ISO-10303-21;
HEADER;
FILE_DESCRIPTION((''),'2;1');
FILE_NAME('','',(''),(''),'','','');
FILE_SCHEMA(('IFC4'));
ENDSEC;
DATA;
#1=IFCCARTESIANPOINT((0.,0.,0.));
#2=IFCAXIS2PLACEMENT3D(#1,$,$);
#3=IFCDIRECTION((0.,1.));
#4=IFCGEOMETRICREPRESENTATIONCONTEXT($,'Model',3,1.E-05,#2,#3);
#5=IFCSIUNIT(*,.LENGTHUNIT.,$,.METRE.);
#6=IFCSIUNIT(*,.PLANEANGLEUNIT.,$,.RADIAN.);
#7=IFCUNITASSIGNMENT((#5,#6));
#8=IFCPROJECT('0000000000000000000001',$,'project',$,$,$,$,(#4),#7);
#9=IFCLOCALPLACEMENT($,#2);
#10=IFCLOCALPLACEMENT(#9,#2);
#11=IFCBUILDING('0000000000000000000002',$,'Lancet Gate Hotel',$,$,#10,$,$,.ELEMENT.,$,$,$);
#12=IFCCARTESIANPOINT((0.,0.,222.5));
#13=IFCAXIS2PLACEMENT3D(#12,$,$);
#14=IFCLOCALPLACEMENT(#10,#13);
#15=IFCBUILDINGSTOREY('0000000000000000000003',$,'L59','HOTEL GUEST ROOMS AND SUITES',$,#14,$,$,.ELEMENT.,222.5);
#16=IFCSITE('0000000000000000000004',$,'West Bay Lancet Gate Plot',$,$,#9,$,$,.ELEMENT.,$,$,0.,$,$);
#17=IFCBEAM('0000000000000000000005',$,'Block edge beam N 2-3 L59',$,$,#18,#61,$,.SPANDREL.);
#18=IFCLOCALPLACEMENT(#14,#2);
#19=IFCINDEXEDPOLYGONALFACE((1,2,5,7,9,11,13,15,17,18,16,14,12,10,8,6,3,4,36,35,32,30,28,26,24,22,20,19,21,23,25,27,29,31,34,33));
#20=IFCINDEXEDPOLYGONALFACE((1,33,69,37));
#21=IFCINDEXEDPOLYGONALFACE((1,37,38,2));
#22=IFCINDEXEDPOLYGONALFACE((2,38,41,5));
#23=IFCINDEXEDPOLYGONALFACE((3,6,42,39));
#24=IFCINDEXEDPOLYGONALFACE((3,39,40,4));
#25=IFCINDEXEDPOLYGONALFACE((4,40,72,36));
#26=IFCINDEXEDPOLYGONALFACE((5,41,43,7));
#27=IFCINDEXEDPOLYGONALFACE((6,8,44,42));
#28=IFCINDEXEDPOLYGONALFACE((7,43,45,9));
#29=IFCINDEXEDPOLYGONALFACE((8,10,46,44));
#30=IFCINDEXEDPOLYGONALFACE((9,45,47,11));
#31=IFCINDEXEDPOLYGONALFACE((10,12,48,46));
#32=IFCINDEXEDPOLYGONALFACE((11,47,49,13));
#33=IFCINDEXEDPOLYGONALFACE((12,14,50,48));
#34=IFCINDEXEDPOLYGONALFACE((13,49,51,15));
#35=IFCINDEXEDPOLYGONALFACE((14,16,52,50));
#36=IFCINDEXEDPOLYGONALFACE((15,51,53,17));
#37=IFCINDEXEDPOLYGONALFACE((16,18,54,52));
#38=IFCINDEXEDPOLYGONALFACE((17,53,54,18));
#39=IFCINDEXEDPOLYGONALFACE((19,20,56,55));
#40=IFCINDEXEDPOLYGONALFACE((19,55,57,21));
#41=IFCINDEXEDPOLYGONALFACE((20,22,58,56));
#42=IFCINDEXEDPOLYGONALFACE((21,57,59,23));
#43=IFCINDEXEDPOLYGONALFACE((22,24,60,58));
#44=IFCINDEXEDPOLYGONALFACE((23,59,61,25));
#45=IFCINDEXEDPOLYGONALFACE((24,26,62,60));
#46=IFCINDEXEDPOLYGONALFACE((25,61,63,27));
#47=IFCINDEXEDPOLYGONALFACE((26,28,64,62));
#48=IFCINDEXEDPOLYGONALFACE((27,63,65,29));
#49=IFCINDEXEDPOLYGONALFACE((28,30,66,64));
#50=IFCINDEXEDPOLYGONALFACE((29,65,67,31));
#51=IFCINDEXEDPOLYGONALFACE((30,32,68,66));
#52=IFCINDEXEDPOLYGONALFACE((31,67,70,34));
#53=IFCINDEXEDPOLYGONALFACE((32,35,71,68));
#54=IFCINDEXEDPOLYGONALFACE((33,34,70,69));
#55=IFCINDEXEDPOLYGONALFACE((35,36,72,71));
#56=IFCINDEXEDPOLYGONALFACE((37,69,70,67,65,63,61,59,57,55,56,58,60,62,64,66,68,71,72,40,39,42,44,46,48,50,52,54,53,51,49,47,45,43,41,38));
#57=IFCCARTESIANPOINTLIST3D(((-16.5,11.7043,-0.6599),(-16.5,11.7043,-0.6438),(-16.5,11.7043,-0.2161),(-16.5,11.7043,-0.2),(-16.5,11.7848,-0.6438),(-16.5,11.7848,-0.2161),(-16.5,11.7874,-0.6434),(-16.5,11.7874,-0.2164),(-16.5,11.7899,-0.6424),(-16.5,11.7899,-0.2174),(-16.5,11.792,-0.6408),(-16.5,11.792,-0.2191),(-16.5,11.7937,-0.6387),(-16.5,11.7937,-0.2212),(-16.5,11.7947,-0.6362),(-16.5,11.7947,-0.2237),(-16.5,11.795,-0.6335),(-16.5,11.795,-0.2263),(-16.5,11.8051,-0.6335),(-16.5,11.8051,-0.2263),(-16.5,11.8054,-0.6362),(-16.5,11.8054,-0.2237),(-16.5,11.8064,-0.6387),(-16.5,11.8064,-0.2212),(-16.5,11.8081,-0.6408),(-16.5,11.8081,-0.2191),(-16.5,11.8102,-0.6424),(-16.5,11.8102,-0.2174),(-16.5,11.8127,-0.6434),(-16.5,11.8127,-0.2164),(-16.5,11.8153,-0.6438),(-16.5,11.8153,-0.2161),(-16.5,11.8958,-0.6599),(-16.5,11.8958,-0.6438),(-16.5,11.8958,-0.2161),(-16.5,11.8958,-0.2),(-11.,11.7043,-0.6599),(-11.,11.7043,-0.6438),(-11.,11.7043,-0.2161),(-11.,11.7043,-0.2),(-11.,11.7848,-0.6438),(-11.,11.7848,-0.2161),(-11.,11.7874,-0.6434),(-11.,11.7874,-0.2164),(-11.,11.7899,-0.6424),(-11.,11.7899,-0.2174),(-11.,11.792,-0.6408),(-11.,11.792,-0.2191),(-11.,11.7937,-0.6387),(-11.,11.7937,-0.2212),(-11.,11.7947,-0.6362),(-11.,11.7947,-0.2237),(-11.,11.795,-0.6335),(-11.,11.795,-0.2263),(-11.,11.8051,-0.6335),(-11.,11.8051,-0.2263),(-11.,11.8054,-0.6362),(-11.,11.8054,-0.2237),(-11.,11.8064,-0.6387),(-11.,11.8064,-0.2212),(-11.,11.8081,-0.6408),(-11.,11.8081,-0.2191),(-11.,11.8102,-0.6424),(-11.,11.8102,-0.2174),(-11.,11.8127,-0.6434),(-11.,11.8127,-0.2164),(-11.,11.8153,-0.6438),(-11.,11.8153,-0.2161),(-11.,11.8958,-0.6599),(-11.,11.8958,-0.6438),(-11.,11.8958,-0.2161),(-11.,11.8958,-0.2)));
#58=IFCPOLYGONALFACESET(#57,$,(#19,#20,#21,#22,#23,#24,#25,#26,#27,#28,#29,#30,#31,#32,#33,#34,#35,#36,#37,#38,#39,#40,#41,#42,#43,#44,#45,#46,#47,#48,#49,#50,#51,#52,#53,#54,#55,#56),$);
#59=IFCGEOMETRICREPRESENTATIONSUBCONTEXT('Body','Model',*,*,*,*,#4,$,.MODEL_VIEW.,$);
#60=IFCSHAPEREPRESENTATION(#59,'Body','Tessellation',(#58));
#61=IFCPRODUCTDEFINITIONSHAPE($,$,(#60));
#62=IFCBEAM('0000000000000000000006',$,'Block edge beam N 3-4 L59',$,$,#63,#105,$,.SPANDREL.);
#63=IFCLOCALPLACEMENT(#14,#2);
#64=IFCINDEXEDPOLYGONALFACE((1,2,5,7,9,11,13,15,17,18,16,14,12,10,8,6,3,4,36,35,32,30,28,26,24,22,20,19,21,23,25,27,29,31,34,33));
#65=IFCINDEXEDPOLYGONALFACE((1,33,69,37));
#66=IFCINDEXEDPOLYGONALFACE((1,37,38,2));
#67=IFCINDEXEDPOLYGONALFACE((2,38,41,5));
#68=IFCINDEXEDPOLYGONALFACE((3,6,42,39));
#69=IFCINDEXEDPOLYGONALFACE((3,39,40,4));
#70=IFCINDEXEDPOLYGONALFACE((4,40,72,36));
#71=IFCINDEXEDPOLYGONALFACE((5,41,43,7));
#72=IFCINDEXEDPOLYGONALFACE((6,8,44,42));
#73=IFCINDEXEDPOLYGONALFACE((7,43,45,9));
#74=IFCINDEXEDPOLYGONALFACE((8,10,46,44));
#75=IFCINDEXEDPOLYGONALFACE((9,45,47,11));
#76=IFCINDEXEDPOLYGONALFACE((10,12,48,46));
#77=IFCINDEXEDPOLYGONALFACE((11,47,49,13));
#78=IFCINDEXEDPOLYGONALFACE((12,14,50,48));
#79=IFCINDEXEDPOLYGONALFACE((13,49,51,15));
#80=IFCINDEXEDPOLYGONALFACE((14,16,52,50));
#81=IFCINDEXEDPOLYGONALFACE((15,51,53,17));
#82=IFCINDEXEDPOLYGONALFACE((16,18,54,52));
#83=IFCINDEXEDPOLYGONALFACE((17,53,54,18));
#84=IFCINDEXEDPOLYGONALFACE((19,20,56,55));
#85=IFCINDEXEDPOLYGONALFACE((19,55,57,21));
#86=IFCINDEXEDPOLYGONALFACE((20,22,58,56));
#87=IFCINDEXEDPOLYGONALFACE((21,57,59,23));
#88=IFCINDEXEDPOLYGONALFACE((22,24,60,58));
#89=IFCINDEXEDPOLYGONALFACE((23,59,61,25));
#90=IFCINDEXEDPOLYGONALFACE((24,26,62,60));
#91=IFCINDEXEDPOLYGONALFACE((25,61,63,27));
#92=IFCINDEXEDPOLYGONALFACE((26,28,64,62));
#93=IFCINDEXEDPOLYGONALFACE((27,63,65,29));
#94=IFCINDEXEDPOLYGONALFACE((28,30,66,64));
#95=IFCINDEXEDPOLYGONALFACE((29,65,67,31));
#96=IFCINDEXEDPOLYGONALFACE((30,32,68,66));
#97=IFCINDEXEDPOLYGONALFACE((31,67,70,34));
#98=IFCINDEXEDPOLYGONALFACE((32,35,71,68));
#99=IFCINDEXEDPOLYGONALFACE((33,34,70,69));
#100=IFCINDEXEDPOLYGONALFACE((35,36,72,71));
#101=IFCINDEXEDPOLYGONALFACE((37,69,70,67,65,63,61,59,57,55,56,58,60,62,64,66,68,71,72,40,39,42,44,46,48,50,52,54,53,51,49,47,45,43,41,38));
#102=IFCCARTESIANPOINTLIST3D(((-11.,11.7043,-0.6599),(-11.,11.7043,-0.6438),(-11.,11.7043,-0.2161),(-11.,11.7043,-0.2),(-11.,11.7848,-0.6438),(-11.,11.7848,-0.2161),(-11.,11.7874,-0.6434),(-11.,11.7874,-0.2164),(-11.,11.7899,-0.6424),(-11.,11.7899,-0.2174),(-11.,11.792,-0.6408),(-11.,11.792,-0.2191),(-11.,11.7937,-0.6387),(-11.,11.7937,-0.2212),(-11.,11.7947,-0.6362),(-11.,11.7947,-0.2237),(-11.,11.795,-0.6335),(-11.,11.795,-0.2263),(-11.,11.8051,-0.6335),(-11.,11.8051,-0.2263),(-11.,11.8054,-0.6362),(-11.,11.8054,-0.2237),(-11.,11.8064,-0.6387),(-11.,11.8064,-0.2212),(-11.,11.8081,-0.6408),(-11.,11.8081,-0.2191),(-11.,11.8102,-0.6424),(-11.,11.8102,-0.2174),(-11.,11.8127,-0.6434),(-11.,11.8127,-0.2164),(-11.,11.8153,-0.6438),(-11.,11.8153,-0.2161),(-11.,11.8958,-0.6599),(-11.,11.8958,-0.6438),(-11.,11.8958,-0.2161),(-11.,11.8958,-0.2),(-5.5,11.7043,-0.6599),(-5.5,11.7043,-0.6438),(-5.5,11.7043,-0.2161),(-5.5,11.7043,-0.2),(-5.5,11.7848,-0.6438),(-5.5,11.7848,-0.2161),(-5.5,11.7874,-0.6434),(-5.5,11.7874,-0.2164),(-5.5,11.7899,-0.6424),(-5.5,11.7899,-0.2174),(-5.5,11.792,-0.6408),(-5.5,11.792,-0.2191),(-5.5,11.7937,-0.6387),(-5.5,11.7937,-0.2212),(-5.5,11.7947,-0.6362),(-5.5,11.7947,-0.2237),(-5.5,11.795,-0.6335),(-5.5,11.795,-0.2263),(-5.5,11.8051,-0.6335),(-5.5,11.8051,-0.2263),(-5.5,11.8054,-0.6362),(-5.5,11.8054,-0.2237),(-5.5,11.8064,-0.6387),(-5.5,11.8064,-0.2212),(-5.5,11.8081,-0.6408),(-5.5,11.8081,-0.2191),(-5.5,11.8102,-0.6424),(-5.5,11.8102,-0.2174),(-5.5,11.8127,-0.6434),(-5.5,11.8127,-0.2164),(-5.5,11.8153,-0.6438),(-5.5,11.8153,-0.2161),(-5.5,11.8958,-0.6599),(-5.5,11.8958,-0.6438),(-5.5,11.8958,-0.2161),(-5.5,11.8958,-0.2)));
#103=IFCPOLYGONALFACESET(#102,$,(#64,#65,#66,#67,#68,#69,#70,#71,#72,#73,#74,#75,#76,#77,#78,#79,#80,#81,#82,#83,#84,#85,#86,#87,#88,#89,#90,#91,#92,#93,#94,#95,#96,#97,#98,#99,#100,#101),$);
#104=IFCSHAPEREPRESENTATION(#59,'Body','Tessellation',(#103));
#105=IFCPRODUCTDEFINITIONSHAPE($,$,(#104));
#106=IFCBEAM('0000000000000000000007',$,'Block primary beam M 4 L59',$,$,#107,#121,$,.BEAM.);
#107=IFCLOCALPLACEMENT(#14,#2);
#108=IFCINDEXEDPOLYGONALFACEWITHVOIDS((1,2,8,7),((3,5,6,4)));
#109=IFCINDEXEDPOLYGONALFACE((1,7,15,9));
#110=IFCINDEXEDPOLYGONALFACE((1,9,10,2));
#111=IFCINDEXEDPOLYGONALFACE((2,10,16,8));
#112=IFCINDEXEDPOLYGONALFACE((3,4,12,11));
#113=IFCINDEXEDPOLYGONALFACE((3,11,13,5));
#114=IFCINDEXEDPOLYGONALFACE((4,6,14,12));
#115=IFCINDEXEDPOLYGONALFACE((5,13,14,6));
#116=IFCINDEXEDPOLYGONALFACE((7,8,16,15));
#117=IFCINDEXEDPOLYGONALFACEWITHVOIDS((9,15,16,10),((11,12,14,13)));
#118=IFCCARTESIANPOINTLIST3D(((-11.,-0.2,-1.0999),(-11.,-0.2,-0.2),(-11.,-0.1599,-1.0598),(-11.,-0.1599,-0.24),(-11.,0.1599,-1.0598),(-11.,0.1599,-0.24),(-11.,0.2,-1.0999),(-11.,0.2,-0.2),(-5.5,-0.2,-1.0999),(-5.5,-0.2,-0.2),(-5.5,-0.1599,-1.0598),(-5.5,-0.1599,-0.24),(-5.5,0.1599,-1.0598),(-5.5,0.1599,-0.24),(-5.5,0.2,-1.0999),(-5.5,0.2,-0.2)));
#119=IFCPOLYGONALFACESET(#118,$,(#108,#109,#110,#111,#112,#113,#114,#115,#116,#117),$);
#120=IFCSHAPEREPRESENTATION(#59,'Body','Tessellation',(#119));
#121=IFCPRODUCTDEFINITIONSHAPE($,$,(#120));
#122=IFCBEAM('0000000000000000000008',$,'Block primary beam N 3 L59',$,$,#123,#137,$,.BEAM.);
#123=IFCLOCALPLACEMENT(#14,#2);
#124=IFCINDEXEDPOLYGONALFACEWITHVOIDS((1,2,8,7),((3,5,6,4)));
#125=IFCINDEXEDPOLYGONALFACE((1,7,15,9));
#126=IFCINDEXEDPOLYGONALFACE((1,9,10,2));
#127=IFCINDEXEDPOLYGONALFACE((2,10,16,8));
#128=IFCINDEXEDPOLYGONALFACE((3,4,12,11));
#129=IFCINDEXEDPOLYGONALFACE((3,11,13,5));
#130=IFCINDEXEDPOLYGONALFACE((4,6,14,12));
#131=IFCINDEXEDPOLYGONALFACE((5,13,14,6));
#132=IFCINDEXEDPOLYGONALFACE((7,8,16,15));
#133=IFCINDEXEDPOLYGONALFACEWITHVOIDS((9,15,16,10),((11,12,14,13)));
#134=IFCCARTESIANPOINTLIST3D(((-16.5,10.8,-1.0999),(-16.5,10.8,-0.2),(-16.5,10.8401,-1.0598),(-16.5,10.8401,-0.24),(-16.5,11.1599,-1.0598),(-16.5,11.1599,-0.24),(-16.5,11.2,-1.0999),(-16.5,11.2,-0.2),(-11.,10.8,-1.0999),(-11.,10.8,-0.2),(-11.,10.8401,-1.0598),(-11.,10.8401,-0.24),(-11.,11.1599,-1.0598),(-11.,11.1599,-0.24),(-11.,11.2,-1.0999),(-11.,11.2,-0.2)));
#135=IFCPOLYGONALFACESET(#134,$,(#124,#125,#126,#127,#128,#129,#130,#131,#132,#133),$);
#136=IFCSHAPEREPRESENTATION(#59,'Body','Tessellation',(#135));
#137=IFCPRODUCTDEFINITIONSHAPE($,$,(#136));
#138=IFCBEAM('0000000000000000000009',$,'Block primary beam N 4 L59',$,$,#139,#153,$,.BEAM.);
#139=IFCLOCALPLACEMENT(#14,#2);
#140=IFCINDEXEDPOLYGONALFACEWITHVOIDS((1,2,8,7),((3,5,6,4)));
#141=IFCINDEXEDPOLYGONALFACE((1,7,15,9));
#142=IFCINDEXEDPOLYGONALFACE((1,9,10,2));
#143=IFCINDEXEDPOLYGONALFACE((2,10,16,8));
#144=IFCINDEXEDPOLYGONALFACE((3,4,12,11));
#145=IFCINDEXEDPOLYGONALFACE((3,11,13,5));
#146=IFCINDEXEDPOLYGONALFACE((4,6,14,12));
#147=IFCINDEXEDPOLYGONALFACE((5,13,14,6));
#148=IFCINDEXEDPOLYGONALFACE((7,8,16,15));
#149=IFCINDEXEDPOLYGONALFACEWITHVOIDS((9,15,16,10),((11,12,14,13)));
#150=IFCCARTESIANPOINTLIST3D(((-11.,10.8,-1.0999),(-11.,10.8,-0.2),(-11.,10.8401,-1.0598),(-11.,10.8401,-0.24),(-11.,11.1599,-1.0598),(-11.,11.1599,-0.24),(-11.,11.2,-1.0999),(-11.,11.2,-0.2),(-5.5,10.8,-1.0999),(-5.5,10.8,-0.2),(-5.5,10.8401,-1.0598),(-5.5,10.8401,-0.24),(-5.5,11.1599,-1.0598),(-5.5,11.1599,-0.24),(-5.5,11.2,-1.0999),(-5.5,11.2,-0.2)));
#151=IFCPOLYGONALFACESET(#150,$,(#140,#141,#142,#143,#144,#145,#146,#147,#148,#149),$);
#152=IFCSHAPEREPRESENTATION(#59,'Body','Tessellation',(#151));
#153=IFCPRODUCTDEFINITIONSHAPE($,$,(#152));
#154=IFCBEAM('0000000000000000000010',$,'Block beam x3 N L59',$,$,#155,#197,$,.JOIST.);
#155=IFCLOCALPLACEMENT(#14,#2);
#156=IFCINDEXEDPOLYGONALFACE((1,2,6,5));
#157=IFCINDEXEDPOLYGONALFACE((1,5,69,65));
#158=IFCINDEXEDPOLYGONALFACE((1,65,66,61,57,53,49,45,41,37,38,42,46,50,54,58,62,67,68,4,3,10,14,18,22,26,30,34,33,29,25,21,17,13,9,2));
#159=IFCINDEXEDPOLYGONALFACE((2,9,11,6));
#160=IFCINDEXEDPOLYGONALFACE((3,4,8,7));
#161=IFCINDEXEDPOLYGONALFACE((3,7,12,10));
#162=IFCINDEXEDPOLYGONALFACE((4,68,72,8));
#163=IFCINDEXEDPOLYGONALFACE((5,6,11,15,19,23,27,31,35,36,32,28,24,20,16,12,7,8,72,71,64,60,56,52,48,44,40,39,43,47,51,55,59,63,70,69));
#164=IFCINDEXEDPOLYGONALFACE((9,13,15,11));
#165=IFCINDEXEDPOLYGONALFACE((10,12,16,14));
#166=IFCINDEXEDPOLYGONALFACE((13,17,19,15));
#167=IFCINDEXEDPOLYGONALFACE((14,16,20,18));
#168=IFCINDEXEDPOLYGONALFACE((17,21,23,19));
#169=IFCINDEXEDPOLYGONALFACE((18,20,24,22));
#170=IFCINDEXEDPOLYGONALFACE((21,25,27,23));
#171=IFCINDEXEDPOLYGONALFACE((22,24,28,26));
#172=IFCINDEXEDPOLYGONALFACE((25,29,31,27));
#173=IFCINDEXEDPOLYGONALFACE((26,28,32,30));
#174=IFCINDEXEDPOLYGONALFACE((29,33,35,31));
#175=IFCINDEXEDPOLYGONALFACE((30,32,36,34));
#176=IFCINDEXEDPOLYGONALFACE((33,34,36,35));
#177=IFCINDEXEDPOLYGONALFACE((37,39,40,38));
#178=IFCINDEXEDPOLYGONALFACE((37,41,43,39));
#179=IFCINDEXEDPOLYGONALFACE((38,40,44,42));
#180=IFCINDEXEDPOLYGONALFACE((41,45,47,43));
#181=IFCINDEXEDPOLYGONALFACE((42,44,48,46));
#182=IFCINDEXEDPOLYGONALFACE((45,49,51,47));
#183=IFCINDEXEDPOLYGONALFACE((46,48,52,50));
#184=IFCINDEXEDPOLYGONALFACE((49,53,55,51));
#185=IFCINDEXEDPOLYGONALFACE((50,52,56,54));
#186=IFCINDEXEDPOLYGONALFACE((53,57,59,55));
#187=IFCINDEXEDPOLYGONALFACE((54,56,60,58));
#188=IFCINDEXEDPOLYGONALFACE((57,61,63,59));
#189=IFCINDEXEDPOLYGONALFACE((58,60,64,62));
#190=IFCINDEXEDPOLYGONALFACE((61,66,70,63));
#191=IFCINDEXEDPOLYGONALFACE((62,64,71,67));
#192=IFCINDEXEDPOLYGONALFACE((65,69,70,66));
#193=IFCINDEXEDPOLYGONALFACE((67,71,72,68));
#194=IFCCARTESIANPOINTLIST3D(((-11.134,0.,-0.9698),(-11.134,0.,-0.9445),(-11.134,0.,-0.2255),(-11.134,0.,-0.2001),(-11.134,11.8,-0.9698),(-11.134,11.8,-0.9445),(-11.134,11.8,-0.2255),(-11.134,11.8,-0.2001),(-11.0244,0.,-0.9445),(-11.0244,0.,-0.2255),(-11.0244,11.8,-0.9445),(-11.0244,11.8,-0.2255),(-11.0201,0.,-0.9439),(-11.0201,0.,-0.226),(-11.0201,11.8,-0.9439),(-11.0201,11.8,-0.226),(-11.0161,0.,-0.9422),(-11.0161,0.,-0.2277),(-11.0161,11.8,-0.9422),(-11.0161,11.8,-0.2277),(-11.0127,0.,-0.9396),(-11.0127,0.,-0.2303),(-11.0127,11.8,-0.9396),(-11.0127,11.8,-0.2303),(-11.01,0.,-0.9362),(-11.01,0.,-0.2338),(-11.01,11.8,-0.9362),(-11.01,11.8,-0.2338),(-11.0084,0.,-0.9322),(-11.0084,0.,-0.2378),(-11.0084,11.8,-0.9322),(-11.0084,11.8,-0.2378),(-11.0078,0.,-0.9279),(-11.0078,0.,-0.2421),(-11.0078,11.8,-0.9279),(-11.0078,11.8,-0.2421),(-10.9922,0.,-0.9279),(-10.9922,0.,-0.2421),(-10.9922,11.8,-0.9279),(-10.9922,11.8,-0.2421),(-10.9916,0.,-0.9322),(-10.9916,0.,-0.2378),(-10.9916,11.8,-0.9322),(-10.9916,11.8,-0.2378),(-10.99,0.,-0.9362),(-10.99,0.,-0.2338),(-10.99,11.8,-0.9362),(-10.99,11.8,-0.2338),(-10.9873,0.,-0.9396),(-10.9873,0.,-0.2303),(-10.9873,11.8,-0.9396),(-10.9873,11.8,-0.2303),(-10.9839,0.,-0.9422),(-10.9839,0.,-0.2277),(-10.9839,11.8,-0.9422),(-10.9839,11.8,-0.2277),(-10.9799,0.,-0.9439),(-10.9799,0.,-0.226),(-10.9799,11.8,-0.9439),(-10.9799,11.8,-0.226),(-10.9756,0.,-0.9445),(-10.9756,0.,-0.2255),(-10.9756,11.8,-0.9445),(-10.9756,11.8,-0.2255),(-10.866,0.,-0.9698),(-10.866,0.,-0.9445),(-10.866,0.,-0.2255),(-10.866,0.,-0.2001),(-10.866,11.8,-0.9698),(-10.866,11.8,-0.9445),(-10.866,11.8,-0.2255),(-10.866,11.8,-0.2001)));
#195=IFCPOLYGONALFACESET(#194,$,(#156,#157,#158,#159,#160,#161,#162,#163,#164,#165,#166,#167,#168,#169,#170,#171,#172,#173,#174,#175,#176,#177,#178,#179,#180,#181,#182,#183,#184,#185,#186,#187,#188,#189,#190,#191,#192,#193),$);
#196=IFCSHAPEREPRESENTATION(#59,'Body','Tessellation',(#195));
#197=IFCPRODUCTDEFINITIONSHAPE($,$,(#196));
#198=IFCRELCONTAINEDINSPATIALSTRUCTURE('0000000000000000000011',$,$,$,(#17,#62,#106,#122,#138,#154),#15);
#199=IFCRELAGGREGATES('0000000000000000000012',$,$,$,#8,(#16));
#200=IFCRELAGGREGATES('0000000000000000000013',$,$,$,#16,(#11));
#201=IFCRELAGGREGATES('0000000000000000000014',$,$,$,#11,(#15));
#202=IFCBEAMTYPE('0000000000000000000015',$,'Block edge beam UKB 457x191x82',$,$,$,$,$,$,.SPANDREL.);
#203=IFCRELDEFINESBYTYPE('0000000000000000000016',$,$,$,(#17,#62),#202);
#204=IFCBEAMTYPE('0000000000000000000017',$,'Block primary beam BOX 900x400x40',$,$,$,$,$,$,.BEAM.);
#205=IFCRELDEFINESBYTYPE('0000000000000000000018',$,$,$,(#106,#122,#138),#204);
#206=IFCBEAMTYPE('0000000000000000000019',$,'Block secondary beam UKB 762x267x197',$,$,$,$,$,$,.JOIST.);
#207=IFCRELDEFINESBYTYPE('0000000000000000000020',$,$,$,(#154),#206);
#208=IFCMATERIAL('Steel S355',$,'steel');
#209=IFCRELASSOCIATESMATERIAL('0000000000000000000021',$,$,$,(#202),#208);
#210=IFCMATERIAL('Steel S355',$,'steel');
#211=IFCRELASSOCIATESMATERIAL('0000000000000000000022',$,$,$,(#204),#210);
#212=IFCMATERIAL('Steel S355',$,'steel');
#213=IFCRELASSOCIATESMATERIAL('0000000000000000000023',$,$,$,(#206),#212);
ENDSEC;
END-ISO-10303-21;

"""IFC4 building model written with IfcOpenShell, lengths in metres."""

from ifc_helpers import new_model, si_unit, direction, frame, origin, origin_2d, place, context, subcontext, project, spatial, hollow_rectangle, i_section, extrude, material, material_profile, profile_set, type_object, element, save


model = new_model("IFC4")

# Units and contexts
model_context = context("Model", 3, precision=1e-05, world=origin(), true_north=direction((0.0, 1.0)))
body_context = subcontext(model_context, "Body", "Model", "MODEL_VIEW")
ifc_project = project(units=[si_unit("LENGTHUNIT", "METRE"), si_unit("PLANEANGLEUNIT", "RADIAN")], contexts=[model_context])

# Site, building, storey
site_placement = place(None, origin())
site = spatial("IfcSite", under=ifc_project, at=site_placement, Name="West Bay Lancet Gate Plot", CompositionType="ELEMENT", RefElevation=0.0)
building_placement = place(site_placement, origin())
building = spatial("IfcBuilding", under=site, at=building_placement, Name="Lancet Gate Hotel", CompositionType="ELEMENT")
storey_placement = place(building_placement, frame((0.0, 0.0, 222.5)))
storey = spatial("IfcBuildingStorey", under=building, at=storey_placement, Name="L59", Description="HOTEL GUEST ROOMS AND SUITES", CompositionType="ELEMENT", Elevation=222.5)

# Beams
ifc_material_1 = material(Name="Steel S355", Category="steel")
ifc_material_profile_1 = material_profile(ifc_material_1, i_section(OverallWidth=0.1914, OverallDepth=0.46, WebThickness=0.01, FlangeThickness=0.0161, FilletRadius=0.0103, at=origin_2d()), Name="UKB 457x191x82")
ifc_profile_set_1 = profile_set([ifc_material_profile_1], Name="Steel S355")
beam_type_1 = type_object("IfcBeamType", Name="Block edge beam UKB 457x191x82", PredefinedType="SPANDREL", material=ifc_profile_set_1)
for number, where, z_axis, x_axis, name in (
    (1, (-16.5, 11.8, -0.4299), (1.0, 0.0, 0.0), (0.0, 1.0, 0.0), "Block edge beam N 2-3 L59"),
    (2, (-11.0, 11.8, -0.4299), (1.0, 0.0, 0.0), (0.0, 1.0, 0.0), "Block edge beam N 3-4 L59"),
):
    element("IfcBeam", number, at=place(storey_placement, frame(where, z_axis=z_axis, x_axis=x_axis)), inside=storey, type_object=beam_type_1, Name=name, PredefinedType="SPANDREL", context=body_context, shape_type="SweptSolid", body=[
        extrude(i_section(OverallWidth=0.1914, OverallDepth=0.46, WebThickness=0.01, FlangeThickness=0.0161, FilletRadius=0.0103, at=origin_2d()), origin(), (0.0, 0.0, 1.0), 5.5),
    ])
ifc_material_2 = material(Name="Steel S355", Category="steel")
ifc_material_profile_2 = material_profile(ifc_material_2, hollow_rectangle(XDim=0.3999, YDim=0.8999, WallThickness=0.04, at=origin_2d()), Name="BOX 900x400x40")
ifc_profile_set_2 = profile_set([ifc_material_profile_2], Name="Steel S355")
beam_type_2 = type_object("IfcBeamType", Name="Block primary beam BOX 900x400x40", PredefinedType="BEAM", material=ifc_profile_set_2)
for number, where, z_axis, x_axis, name in (
    (3, (-11.0, 0.0, -0.6499), (1.0, 0.0, 0.0), (0.0, 1.0, 0.0), "Block primary beam M 4 L59"),
    (4, (-16.5, 11.0, -0.6499), (1.0, 0.0, 0.0), (0.0, 1.0, 0.0), "Block primary beam N 3 L59"),
    (5, (-11.0, 11.0, -0.6499), (1.0, 0.0, 0.0), (0.0, 1.0, 0.0), "Block primary beam N 4 L59"),
):
    element("IfcBeam", number, at=place(storey_placement, frame(where, z_axis=z_axis, x_axis=x_axis)), inside=storey, type_object=beam_type_2, Name=name, PredefinedType="BEAM", context=body_context, shape_type="SweptSolid", body=[
        extrude(hollow_rectangle(XDim=0.3999, YDim=0.8999, WallThickness=0.04, at=origin_2d()), origin(), (0.0, 0.0, 1.0), 5.5),
    ])
ifc_material_3 = material(Name="Steel S355", Category="steel")
ifc_material_profile_3 = material_profile(ifc_material_3, i_section(OverallWidth=0.2681, OverallDepth=0.7698, WebThickness=0.0156, FlangeThickness=0.0254, FilletRadius=0.0166, at=origin_2d()), Name="UKB 762x267x197")
ifc_profile_set_3 = profile_set([ifc_material_profile_3], Name="Steel S355")
beam_type_3 = type_object("IfcBeamType", Name="Block secondary beam UKB 762x267x197", PredefinedType="JOIST", material=ifc_profile_set_3)
beam_placement = place(storey_placement, frame((-11.0, 0.0, -0.585), z_axis=(0.0, 1.0, 0.0), x_axis=(-1.0, 0.0, 0.0)))
element("IfcBeam", 6, at=beam_placement, inside=storey, type_object=beam_type_3, Name="Block beam x3 N L59", PredefinedType="JOIST", context=body_context, shape_type="SweptSolid", body=[
    extrude(i_section(OverallWidth=0.2681, OverallDepth=0.7698, WebThickness=0.0156, FlangeThickness=0.0254, FilletRadius=0.0166, at=origin_2d()), origin(), (0.0, 0.0, 1.0), 11.8),
])

save(model, "model.ifc")
